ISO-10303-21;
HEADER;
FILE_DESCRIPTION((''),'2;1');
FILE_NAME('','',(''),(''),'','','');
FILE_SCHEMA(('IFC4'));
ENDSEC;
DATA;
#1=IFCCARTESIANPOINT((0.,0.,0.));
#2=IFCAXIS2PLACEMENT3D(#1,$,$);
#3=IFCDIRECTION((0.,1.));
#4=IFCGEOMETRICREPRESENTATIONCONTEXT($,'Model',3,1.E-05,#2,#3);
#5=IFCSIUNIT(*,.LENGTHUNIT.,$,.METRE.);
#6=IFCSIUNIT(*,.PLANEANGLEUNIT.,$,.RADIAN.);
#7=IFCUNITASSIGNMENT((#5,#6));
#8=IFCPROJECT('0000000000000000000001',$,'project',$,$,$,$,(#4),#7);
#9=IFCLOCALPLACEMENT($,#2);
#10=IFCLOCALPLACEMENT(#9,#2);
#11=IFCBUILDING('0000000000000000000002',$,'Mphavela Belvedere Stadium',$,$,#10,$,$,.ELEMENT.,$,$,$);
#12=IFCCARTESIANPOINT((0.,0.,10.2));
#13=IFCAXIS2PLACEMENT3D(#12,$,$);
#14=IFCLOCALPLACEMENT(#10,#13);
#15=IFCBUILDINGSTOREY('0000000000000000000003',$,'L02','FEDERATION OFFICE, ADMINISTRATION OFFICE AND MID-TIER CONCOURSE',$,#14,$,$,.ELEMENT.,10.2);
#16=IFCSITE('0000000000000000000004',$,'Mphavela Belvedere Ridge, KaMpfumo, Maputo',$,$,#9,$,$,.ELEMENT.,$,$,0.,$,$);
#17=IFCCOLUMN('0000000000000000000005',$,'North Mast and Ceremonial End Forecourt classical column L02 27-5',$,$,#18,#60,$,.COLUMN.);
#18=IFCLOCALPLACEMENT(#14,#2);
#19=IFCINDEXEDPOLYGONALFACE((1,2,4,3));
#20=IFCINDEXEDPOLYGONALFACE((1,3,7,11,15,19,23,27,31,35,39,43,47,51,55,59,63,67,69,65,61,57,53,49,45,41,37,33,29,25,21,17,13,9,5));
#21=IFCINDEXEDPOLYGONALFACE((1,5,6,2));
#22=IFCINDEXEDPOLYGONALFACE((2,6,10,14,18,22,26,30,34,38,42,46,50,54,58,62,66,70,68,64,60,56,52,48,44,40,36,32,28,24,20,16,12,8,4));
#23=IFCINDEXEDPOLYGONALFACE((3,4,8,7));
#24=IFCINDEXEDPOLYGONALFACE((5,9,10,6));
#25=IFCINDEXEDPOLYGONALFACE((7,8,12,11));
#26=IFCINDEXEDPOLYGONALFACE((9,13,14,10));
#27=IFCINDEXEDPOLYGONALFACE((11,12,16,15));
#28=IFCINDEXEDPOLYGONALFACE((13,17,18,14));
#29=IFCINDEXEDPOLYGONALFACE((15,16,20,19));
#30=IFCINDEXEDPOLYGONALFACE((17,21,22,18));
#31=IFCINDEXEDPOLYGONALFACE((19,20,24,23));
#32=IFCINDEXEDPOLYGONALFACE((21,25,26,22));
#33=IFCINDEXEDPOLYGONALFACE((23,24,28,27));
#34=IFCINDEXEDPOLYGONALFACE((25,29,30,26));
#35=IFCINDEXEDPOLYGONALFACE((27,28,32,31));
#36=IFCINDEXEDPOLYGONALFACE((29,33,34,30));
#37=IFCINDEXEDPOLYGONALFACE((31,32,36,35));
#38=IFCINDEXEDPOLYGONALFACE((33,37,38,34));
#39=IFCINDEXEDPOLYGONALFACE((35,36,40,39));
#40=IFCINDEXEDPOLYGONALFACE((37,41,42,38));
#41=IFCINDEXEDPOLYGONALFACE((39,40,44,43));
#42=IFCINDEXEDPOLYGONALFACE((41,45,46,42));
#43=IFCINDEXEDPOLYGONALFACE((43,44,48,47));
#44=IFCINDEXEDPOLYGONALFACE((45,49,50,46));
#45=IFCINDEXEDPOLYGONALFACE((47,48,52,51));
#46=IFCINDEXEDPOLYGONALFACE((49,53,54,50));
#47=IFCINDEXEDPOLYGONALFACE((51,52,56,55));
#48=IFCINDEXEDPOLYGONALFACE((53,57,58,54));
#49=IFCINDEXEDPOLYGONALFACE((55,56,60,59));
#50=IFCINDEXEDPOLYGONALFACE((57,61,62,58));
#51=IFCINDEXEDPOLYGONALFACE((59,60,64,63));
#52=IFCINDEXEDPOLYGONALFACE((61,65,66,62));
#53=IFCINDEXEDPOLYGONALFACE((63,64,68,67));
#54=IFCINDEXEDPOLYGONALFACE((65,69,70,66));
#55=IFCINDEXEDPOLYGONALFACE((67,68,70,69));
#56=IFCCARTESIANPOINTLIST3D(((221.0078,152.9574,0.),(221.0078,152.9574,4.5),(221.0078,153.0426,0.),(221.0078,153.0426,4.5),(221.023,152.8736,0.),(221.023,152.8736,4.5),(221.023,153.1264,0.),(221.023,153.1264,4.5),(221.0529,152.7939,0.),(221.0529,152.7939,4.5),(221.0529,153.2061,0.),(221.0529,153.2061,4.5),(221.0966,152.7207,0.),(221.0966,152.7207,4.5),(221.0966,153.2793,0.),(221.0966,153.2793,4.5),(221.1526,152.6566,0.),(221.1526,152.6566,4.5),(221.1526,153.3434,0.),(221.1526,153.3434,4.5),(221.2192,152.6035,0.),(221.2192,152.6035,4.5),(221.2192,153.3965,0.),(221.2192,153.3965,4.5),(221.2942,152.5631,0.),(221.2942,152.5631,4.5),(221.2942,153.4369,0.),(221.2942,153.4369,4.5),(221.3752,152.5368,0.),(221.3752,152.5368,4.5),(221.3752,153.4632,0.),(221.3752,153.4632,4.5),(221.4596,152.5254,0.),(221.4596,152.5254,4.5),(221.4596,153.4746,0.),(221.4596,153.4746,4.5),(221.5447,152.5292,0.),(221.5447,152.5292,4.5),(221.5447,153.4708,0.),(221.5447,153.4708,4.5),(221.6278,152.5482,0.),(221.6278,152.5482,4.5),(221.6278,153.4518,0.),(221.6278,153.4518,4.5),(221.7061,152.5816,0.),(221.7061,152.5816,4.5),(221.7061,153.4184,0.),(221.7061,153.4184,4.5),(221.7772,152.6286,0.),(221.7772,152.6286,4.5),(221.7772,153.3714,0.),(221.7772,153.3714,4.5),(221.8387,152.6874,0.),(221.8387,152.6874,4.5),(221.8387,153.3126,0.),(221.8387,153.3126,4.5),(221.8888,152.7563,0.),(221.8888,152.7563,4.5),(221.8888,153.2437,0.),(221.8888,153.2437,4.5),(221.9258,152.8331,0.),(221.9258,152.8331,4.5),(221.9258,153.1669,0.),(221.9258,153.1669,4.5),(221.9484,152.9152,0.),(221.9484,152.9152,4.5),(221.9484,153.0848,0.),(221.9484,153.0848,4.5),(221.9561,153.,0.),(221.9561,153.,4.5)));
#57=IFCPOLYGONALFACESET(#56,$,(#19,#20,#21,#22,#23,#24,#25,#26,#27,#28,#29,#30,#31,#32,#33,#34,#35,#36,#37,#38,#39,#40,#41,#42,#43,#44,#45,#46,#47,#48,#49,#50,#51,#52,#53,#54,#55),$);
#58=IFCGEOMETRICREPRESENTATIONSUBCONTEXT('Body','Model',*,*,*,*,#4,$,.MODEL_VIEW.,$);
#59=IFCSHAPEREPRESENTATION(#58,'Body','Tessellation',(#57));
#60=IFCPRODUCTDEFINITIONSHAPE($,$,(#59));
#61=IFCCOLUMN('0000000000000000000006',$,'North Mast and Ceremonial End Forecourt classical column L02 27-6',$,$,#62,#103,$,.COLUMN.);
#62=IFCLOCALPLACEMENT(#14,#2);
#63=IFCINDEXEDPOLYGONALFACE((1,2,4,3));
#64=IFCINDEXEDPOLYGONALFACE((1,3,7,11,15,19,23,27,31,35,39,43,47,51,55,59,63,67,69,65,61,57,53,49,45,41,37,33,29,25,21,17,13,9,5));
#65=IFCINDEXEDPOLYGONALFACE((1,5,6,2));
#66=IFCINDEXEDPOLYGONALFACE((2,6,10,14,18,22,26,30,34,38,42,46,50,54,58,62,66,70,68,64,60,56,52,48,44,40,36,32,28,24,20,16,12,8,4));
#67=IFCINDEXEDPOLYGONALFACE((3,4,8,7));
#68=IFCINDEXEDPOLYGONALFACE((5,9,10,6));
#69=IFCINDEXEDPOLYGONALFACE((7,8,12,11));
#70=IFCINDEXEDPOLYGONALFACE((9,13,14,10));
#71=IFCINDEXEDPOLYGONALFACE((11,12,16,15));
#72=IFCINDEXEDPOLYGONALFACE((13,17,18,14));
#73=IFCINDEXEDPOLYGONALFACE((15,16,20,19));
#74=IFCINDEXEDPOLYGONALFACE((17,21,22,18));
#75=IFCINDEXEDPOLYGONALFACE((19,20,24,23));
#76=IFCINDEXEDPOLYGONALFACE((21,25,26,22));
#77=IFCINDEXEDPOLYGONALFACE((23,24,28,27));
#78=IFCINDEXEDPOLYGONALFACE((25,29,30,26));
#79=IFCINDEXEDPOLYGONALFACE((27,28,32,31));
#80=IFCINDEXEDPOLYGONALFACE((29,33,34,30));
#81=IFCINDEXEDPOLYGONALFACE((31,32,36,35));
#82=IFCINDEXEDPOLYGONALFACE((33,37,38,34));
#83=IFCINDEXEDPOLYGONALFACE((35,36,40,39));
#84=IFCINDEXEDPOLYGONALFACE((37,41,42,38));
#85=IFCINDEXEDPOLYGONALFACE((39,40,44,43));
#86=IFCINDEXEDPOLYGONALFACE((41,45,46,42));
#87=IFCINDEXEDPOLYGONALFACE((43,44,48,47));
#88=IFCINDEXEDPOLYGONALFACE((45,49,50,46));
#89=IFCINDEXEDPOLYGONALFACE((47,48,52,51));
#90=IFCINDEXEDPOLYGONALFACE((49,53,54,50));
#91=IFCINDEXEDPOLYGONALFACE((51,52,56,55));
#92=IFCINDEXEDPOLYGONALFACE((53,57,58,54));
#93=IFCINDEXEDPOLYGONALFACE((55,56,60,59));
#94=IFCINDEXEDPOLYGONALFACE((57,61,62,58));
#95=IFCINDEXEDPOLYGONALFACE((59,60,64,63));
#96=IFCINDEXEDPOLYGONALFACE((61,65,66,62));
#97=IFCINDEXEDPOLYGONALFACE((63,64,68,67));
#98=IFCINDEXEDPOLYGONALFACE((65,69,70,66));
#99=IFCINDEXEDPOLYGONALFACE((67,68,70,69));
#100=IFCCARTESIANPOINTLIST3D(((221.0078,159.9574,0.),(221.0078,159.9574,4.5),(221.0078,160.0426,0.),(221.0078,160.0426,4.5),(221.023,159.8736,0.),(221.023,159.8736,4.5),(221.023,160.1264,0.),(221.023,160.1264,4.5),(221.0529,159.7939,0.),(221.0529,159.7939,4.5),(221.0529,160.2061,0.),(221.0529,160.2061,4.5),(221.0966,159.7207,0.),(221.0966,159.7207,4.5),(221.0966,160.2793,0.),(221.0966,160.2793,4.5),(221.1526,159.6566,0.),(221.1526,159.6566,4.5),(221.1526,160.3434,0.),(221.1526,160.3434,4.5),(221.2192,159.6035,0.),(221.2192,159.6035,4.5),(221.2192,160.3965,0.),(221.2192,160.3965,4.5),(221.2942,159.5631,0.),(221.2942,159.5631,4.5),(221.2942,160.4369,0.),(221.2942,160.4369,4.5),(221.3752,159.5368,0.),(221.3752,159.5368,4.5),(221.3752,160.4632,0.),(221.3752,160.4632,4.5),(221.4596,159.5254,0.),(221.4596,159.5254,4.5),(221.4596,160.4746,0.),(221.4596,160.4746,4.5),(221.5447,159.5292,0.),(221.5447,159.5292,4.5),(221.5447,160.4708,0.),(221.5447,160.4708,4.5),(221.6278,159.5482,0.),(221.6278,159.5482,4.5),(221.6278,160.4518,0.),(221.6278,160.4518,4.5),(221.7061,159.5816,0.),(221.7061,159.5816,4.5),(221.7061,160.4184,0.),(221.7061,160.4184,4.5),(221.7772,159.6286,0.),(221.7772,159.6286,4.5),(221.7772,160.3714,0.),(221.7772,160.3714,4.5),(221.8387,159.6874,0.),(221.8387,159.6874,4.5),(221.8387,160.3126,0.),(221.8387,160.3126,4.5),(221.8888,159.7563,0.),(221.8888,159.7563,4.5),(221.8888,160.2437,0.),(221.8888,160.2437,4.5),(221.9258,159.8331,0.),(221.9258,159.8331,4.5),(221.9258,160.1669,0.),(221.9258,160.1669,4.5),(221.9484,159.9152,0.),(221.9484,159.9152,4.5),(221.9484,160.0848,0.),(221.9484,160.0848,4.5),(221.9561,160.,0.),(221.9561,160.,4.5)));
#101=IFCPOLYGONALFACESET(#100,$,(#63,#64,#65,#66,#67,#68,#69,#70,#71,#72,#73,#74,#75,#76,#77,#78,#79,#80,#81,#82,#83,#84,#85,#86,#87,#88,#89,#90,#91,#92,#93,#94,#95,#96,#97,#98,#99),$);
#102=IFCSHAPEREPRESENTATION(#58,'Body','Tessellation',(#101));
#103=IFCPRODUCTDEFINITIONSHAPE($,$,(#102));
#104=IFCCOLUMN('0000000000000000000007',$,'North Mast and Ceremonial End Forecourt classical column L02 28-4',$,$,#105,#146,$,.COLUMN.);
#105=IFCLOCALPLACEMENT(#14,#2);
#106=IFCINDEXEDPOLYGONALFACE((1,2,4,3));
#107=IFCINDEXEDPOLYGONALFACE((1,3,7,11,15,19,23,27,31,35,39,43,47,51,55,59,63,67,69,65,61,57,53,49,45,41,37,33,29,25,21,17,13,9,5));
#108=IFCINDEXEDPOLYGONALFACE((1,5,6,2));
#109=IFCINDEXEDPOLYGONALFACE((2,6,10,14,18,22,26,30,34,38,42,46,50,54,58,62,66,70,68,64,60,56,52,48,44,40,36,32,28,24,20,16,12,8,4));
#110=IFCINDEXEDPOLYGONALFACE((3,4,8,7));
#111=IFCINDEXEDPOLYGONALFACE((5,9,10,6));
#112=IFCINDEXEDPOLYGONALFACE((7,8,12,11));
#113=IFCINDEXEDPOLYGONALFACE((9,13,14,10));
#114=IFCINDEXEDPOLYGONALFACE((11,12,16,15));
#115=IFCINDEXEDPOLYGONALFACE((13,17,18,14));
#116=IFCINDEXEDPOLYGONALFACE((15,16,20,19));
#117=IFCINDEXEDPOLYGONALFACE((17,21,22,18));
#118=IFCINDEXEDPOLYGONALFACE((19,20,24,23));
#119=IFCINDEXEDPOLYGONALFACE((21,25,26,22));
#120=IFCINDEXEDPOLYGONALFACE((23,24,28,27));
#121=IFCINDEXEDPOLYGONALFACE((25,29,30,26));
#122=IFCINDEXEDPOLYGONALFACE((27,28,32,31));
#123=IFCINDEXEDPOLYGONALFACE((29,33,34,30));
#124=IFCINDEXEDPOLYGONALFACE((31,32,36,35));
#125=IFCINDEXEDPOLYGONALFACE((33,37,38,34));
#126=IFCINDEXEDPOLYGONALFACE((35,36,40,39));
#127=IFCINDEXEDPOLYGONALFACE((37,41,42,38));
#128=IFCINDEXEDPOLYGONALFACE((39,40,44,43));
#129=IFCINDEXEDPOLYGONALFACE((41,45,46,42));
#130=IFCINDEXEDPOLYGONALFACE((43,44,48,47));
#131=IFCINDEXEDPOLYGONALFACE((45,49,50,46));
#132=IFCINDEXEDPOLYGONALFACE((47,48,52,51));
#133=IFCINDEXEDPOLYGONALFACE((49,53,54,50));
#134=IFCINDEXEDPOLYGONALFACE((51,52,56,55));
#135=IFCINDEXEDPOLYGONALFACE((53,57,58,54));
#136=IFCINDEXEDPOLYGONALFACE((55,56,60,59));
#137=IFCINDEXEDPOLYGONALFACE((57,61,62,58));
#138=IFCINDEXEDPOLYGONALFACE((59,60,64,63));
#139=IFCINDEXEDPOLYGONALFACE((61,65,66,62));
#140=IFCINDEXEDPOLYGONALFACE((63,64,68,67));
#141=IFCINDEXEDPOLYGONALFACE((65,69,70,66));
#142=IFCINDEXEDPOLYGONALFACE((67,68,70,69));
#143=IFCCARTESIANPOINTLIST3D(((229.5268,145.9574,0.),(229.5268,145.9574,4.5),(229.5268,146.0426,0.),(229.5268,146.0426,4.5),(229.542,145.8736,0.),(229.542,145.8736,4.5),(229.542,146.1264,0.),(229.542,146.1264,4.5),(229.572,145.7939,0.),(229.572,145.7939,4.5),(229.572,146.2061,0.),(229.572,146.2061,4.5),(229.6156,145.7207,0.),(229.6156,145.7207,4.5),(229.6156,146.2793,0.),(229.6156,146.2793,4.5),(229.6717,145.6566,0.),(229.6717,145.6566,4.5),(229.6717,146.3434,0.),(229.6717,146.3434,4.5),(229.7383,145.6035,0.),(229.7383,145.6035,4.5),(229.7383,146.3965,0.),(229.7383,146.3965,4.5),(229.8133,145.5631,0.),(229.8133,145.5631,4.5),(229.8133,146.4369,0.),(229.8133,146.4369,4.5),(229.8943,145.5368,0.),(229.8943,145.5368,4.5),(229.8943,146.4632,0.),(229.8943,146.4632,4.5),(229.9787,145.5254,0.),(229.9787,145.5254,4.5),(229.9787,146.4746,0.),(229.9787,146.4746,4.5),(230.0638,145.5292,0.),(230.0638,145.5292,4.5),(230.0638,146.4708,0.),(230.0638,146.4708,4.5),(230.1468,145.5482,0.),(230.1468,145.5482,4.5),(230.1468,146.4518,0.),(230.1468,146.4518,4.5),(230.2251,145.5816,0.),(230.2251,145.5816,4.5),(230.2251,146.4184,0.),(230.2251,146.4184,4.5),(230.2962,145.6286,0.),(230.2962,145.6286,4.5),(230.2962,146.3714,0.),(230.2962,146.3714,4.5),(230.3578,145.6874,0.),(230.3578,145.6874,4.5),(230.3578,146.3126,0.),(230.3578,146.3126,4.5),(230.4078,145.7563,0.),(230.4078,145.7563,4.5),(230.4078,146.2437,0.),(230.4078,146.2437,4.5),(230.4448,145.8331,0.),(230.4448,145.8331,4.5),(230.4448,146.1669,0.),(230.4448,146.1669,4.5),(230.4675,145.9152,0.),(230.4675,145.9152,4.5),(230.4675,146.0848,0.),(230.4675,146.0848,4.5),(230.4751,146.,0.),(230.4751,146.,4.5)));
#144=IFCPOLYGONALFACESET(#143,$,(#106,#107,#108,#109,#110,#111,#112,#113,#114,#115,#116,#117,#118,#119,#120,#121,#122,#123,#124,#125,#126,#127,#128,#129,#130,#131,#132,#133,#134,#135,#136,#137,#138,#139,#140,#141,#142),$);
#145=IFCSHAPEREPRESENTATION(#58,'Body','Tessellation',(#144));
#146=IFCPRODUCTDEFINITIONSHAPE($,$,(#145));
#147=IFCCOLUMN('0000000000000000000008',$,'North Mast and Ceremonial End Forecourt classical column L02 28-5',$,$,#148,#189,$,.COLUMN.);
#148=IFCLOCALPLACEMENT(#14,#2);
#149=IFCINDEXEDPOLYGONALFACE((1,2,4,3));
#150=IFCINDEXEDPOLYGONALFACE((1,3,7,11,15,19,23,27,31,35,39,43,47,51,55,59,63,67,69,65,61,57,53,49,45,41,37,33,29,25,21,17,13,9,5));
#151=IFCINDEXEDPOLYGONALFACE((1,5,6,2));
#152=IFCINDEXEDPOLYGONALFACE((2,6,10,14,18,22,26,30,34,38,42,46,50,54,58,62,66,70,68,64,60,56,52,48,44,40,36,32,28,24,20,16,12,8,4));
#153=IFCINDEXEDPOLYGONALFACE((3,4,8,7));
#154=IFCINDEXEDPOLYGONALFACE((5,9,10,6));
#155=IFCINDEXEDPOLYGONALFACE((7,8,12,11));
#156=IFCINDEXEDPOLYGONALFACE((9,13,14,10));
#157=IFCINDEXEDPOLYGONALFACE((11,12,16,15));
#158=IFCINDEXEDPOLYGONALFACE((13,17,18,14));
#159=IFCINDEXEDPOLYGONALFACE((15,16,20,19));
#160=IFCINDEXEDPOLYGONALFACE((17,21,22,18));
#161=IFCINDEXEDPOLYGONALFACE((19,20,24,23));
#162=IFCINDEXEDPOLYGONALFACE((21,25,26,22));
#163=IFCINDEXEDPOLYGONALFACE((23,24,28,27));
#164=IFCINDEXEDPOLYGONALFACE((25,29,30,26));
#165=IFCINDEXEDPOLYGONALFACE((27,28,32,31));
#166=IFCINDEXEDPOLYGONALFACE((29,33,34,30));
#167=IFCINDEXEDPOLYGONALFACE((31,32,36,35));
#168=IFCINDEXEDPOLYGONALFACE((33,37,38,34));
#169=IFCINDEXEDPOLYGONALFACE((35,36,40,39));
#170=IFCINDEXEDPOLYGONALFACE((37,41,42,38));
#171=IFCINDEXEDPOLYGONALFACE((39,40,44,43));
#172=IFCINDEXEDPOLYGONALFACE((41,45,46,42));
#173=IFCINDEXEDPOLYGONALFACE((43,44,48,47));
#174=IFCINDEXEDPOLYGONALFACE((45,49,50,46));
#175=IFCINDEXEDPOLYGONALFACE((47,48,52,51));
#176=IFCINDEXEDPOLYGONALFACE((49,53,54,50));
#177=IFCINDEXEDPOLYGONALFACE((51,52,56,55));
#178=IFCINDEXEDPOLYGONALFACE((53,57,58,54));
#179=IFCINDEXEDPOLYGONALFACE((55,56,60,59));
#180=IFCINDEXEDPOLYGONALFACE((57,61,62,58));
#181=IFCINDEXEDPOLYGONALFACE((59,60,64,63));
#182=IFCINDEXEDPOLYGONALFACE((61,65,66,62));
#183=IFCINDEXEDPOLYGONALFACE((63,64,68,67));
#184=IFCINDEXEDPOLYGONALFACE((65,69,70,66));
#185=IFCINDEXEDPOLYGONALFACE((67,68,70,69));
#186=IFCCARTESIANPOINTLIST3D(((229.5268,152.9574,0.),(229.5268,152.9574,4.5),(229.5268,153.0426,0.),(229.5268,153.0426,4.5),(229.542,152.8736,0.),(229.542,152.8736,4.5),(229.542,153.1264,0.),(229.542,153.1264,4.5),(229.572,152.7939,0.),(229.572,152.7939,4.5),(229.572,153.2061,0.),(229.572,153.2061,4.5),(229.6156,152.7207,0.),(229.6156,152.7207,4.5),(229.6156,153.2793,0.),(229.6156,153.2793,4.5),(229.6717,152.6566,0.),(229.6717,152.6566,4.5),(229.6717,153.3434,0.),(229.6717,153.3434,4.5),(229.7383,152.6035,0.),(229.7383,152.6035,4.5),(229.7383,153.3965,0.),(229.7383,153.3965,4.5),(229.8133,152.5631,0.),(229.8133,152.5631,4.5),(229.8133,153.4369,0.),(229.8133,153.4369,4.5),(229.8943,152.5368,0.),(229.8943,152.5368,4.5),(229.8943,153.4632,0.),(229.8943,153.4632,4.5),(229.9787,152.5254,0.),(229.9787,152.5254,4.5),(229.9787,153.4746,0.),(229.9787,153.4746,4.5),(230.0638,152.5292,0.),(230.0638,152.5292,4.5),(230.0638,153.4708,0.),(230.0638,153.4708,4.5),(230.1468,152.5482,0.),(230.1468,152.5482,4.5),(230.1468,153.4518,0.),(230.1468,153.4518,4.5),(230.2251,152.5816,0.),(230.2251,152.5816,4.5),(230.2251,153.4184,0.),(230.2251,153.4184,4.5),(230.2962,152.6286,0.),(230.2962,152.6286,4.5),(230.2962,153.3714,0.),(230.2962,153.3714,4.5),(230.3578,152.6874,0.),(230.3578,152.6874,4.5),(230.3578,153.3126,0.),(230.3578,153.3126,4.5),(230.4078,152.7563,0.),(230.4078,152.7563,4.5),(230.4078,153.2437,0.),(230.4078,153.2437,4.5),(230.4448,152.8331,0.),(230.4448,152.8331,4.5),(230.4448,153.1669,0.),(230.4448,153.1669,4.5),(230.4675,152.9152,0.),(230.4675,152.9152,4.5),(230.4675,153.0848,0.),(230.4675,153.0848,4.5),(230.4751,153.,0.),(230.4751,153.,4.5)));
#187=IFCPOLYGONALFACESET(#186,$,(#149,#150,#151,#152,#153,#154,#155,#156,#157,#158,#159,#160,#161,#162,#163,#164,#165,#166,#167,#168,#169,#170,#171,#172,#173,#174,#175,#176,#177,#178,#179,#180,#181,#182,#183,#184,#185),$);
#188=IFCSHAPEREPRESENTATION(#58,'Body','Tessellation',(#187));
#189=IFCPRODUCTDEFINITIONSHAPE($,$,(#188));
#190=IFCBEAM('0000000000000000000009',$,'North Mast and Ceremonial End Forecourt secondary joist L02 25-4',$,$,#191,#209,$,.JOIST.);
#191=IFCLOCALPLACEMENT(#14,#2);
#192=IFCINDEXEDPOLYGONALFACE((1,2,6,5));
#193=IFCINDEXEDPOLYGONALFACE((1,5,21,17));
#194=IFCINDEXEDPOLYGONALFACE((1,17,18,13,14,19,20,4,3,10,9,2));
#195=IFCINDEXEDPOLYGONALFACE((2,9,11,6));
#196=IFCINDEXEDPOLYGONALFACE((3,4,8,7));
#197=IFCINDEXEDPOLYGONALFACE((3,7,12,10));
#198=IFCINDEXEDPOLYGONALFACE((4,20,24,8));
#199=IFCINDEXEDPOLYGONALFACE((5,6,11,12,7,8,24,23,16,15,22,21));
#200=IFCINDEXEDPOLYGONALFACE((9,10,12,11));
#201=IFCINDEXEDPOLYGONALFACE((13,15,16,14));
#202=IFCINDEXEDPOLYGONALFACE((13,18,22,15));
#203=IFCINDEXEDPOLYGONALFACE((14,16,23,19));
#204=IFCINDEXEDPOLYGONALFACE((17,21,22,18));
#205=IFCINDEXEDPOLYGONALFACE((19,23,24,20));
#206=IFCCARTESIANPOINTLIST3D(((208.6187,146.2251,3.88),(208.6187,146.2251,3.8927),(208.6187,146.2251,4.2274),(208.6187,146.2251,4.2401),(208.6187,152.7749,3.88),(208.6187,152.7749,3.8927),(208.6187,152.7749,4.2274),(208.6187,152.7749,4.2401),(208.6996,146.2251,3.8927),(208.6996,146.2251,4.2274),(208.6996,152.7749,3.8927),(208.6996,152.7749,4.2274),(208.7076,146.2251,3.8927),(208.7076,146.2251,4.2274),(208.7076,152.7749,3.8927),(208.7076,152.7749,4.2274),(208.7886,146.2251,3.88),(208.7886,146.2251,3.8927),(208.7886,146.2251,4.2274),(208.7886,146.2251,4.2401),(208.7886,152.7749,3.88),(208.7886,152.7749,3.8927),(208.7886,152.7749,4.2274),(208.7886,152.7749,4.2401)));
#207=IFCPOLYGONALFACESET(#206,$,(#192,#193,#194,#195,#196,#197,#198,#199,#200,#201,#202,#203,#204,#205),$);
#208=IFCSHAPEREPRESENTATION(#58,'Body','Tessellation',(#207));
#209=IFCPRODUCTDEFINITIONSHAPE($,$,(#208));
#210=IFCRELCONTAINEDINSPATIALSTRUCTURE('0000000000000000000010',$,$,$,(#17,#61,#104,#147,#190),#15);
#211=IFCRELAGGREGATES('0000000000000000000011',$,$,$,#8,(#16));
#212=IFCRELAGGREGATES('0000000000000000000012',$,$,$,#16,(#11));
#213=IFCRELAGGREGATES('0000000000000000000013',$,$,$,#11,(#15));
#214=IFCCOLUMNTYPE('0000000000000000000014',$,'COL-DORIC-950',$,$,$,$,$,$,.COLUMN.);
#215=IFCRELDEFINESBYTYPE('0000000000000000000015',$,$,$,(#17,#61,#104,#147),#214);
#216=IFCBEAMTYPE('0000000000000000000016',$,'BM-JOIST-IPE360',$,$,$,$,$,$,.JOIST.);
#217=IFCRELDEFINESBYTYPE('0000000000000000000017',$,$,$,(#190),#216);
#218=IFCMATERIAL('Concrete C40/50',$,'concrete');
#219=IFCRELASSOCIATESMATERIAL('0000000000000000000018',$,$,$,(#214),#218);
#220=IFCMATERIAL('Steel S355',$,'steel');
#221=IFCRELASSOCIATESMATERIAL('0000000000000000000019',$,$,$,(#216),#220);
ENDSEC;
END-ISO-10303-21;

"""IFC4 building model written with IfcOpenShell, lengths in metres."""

from ifc_helpers import new_model, si_unit, direction, frame, origin, origin_2d, place, context, subcontext, project, spatial, circle, i_section, extrude, material, material_profile, profile_set, type_object, element, save


model = new_model("IFC4")

# Units and contexts
model_context = context("Model", 3, precision=1e-05, world=origin(), true_north=direction((0.0, 1.0)))
body_context = subcontext(model_context, "Body", "Model", "MODEL_VIEW")
ifc_project = project(units=[si_unit("LENGTHUNIT", "METRE"), si_unit("PLANEANGLEUNIT", "RADIAN")], contexts=[model_context])

# Site, building, storey
site_placement = place(None, origin())
site = spatial("IfcSite", under=ifc_project, at=site_placement, Name="Mphavela Belvedere Ridge, KaMpfumo, Maputo", CompositionType="ELEMENT", RefElevation=0.0)
building_placement = place(site_placement, origin())
building = spatial("IfcBuilding", under=site, at=building_placement, Name="Mphavela Belvedere Stadium", CompositionType="ELEMENT")
storey_placement = place(building_placement, frame((0.0, 0.0, 10.2)))
storey = spatial("IfcBuildingStorey", under=building, at=storey_placement, Name="L02", Description="FEDERATION OFFICE, ADMINISTRATION OFFICE AND MID-TIER CONCOURSE", CompositionType="ELEMENT", Elevation=10.2)

# Columns
ifc_material_1 = material(Name="Concrete C40/50", Category="concrete")
ifc_material_profile_1 = material_profile(ifc_material_1, circle(Radius=0.4751, at=origin_2d()), Name="COL D950")
ifc_profile_set_1 = profile_set([ifc_material_profile_1], Name="Concrete C40/50")
column_type = type_object("IfcColumnType", Name="COL-DORIC-950", PredefinedType="COLUMN", material=ifc_profile_set_1)
for number, where, z_axis, x_axis, name in (
    (1, (221.481, 153.0, 0.0), (0.0, 0.0, 1.0), (1.0, 0.0, 0.0), "North Mast and Ceremonial End Forecourt classical column L02 27-5"),
    (2, (221.481, 160.0, 0.0), (0.0, 0.0, 1.0), (1.0, 0.0, 0.0), "North Mast and Ceremonial End Forecourt classical column L02 27-6"),
    (3, (230.0, 146.0, 0.0), (0.0, 0.0, 1.0), (1.0, 0.0, 0.0), "North Mast and Ceremonial End Forecourt classical column L02 28-4"),
    (4, (230.0, 153.0, 0.0), (0.0, 0.0, 1.0), (1.0, 0.0, 0.0), "North Mast and Ceremonial End Forecourt classical column L02 28-5"),
):
    element("IfcColumn", number, at=place(storey_placement, frame(where, z_axis=z_axis, x_axis=x_axis)), inside=storey, type_object=column_type, Name=name, PredefinedType="COLUMN", context=body_context, shape_type="SweptSolid", body=[
        extrude(circle(Radius=0.4751, at=origin_2d()), origin(), (0.0, 0.0, 1.0), 4.5),
    ])

# Beam
ifc_material_2 = material(Name="Steel S355", Category="steel")
ifc_material_profile_2 = material_profile(ifc_material_2, i_section(OverallWidth=0.1699, OverallDepth=0.3601, WebThickness=0.0081, FlangeThickness=0.0127, at=origin_2d()), Name="IPE 360")
ifc_profile_set_2 = profile_set([ifc_material_profile_2], Name="Steel S355")
beam_type_1 = type_object("IfcBeamType", Name="BM-JOIST-IPE360", PredefinedType="JOIST", material=ifc_profile_set_2)
for number, where, z_axis, x_axis, name in (
    (5, (208.7036, 146.2251, 4.0601), (0.0, 1.0, 0.0), (-1.0, 0.0, 0.0), "North Mast and Ceremonial End Forecourt secondary joist L02 25-4"),
):
    element("IfcBeam", number, at=place(storey_placement, frame(where, z_axis=z_axis, x_axis=x_axis)), inside=storey, type_object=beam_type_1, Name=name, PredefinedType="JOIST", context=body_context, shape_type="SweptSolid", body=[
        extrude(i_section(OverallWidth=0.1699, OverallDepth=0.3601, WebThickness=0.0081, FlangeThickness=0.0127, at=origin_2d()), origin(), (0.0, 0.0, 1.0), 6.5498),
    ])

save(model, "model.ifc")
